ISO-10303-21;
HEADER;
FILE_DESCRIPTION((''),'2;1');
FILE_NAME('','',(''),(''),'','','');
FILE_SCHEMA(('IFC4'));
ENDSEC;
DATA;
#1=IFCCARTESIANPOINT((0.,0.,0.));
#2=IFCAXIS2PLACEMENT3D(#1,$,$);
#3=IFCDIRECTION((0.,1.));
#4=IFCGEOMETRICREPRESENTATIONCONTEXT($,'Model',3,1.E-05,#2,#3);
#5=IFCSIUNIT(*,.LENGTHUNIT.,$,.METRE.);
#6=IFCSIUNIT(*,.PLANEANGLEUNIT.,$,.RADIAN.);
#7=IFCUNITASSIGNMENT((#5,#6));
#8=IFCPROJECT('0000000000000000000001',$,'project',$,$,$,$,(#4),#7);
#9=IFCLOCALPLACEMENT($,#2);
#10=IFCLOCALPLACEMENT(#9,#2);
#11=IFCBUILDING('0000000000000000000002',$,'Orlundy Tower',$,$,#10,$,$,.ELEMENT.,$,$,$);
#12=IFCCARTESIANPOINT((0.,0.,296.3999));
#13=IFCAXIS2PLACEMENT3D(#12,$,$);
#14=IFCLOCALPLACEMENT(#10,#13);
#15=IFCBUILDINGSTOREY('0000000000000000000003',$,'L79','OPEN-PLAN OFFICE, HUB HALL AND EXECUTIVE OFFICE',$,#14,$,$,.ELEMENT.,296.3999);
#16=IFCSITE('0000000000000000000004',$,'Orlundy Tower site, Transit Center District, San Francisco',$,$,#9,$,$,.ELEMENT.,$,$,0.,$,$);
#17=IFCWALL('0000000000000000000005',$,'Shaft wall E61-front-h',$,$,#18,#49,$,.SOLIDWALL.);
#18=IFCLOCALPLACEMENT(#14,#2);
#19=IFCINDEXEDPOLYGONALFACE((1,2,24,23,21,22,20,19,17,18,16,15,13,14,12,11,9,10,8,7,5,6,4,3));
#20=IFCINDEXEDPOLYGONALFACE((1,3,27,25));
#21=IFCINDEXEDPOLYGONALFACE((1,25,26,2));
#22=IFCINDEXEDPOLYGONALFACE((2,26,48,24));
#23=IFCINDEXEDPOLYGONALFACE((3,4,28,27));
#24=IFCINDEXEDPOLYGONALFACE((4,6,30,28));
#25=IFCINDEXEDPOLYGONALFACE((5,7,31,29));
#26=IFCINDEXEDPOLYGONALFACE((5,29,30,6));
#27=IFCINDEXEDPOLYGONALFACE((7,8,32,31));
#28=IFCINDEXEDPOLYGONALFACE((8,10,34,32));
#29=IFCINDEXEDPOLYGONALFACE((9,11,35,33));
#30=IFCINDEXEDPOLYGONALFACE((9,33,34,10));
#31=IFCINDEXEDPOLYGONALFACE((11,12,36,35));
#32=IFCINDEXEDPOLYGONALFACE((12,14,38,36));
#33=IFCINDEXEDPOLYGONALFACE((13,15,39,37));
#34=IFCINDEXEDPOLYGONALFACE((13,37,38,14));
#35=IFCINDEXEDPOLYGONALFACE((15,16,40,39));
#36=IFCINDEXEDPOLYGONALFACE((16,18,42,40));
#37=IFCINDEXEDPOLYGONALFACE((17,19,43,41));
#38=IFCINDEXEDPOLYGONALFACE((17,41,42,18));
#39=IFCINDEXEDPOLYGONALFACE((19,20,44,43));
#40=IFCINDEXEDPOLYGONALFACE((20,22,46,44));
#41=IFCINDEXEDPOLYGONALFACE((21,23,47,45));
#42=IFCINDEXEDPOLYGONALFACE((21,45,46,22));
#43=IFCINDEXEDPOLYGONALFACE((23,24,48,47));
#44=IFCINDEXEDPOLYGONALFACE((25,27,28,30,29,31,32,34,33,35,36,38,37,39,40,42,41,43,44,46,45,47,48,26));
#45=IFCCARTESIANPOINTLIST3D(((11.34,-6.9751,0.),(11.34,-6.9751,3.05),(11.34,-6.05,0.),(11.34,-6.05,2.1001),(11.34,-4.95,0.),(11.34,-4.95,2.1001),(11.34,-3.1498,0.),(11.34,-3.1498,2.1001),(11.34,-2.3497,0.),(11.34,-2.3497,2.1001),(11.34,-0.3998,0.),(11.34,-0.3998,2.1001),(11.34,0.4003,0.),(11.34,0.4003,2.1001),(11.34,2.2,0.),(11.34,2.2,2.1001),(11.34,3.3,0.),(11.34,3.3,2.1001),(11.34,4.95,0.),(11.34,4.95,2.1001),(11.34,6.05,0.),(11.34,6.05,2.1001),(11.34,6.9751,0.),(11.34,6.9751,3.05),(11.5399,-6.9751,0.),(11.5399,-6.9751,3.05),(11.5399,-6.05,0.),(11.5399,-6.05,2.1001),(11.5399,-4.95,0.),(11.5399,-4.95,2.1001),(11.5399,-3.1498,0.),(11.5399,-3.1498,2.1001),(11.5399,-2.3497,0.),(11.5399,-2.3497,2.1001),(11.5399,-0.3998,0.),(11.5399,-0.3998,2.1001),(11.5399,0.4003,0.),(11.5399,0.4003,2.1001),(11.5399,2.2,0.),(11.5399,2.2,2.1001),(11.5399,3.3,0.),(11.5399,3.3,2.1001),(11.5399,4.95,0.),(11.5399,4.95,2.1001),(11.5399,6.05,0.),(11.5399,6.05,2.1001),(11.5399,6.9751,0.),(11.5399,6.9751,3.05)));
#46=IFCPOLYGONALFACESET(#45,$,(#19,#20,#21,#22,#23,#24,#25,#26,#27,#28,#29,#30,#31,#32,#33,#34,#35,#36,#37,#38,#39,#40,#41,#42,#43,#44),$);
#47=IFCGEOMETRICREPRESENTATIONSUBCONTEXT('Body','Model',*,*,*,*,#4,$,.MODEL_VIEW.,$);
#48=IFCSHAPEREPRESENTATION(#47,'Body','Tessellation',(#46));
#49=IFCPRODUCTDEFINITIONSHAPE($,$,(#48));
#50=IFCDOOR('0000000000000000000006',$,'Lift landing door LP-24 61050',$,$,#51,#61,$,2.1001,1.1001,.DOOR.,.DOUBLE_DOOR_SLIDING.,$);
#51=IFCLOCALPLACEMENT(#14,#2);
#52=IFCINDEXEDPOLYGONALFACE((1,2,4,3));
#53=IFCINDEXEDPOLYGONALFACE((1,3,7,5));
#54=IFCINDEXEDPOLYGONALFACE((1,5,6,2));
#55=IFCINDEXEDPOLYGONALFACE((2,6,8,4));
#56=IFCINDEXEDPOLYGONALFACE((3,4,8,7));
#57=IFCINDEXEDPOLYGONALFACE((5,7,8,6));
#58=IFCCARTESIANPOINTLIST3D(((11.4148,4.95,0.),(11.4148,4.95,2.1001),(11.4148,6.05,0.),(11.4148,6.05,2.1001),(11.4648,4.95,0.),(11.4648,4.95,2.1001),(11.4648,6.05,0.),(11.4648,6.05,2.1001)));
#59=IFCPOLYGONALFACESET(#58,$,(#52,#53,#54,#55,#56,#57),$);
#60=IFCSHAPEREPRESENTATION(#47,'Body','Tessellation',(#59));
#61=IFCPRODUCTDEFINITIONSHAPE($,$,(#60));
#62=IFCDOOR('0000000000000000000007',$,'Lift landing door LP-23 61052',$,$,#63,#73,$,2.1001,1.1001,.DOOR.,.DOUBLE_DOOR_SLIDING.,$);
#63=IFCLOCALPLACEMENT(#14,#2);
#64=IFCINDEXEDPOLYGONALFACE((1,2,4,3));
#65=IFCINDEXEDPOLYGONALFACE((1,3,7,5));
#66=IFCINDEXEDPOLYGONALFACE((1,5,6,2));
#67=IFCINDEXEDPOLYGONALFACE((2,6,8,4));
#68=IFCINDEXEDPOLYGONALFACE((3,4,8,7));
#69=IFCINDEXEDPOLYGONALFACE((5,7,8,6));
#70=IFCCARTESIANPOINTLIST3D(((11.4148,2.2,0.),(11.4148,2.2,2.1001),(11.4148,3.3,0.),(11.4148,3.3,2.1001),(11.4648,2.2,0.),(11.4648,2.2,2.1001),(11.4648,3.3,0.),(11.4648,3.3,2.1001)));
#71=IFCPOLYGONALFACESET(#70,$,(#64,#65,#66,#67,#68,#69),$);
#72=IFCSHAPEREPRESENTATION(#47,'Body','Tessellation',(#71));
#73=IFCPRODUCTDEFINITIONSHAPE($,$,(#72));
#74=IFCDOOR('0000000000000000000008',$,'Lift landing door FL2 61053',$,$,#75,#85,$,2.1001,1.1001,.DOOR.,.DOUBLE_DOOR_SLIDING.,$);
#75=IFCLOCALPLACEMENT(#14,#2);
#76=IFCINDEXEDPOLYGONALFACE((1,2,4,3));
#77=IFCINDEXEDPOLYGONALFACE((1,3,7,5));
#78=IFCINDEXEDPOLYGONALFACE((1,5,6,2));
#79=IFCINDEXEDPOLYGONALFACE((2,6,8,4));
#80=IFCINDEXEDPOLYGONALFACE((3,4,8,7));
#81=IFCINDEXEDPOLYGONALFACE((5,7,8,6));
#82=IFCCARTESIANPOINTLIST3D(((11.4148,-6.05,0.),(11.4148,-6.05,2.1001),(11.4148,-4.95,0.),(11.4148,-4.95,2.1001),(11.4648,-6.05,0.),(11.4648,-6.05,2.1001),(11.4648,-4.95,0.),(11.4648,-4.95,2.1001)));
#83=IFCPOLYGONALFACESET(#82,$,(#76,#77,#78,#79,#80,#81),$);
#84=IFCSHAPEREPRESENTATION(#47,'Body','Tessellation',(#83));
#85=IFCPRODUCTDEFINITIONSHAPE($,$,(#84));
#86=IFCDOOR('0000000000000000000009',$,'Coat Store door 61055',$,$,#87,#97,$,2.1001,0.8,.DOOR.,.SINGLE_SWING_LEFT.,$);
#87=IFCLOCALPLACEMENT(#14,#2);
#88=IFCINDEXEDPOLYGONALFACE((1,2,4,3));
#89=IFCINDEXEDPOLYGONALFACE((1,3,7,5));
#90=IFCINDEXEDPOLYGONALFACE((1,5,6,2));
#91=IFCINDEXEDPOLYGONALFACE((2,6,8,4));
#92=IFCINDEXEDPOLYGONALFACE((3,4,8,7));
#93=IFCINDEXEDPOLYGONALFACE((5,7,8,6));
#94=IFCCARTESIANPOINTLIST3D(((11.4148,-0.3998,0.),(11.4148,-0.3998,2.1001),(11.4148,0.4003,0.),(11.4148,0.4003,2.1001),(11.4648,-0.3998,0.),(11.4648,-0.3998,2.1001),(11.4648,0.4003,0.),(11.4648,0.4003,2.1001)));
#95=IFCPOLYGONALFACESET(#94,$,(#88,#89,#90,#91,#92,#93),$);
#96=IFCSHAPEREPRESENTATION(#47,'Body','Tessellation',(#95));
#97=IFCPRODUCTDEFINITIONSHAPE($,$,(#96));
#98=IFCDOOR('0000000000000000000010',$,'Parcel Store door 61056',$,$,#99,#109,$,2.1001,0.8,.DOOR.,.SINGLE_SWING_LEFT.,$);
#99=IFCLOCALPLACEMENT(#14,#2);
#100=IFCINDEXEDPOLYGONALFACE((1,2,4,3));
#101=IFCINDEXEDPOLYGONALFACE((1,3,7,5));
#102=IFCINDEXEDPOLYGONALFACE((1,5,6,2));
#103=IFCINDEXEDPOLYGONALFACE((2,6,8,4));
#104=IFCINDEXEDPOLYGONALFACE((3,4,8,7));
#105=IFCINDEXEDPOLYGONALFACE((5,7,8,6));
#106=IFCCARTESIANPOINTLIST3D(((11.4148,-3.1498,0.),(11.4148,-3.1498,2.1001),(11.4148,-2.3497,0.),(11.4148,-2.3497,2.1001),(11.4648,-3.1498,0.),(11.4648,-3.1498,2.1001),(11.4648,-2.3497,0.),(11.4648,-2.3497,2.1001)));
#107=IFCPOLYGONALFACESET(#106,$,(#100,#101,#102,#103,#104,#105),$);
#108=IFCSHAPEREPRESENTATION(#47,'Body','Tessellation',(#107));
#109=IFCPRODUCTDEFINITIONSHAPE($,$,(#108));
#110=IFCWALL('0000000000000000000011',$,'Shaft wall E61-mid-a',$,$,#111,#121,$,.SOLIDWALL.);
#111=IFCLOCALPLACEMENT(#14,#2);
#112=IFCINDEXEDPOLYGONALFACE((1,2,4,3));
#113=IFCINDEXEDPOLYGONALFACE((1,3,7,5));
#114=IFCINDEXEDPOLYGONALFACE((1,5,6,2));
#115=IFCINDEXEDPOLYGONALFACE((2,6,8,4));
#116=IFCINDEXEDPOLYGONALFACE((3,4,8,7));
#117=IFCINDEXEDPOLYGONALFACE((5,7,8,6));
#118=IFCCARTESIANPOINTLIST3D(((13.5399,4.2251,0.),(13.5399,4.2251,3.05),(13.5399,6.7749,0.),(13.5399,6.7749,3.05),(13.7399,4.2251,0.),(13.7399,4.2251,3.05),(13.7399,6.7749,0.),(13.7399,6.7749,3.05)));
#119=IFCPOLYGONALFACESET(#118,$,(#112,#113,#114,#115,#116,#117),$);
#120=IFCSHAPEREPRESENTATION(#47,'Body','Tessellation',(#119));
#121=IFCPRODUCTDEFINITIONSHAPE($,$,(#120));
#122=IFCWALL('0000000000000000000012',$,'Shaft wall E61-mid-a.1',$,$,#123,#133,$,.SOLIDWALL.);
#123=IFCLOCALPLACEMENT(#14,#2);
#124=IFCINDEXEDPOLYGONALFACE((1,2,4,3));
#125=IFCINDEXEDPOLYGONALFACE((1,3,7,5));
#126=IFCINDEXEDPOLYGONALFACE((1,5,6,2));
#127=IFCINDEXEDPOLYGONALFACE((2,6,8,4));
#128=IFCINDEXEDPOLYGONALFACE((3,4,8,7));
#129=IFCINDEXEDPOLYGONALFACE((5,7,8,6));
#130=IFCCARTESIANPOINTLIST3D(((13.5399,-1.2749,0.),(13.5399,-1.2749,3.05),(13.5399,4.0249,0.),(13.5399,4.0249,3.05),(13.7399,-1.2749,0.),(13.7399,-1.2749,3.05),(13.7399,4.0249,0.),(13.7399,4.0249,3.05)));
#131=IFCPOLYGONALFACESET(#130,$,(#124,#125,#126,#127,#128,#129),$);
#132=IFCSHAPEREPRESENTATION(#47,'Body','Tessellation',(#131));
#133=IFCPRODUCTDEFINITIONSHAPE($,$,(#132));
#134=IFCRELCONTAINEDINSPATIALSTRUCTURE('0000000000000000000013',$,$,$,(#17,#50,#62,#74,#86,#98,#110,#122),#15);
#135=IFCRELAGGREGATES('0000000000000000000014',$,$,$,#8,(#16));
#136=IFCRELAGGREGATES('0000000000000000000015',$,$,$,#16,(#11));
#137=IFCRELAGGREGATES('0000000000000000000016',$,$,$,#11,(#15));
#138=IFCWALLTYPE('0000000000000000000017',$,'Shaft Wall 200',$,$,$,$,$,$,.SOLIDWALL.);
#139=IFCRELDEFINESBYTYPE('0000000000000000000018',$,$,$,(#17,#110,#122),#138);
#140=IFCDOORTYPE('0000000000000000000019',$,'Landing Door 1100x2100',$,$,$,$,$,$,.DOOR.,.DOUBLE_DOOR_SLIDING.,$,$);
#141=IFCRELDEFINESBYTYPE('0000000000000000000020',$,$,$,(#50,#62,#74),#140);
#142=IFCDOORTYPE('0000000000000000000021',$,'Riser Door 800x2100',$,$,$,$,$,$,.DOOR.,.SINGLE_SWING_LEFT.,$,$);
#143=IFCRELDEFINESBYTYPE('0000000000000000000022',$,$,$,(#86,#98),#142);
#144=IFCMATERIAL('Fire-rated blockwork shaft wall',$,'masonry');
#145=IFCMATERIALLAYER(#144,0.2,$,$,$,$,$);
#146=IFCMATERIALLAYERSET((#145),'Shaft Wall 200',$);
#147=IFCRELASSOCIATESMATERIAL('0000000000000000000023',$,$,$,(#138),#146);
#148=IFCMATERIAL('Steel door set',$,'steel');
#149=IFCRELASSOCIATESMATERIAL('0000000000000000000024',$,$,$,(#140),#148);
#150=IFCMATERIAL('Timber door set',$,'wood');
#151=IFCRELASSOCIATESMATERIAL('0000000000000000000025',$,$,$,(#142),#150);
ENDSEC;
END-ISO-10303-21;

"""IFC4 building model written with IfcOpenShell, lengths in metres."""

from ifc_helpers import new_model, si_unit, direction, frame, frame_2d, origin, place, context, subcontext, project, spatial, rectangle, extrude, material, layer, layer_set, type_object, element, fill, save


model = new_model("IFC4")

# Units and contexts
model_context = context("Model", 3, precision=1e-05, world=origin(), true_north=direction((0.0, 1.0)))
body_context = subcontext(model_context, "Body", "Model", "MODEL_VIEW")
ifc_project = project(units=[si_unit("LENGTHUNIT", "METRE"), si_unit("PLANEANGLEUNIT", "RADIAN")], contexts=[model_context])

# Site, building, storey
site_placement = place(None, origin())
site = spatial("IfcSite", under=ifc_project, at=site_placement, Name="Orlundy Tower site, Transit Center District, San Francisco", CompositionType="ELEMENT", RefElevation=0.0)
building_placement = place(site_placement, origin())
building = spatial("IfcBuilding", under=site, at=building_placement, Name="Orlundy Tower", CompositionType="ELEMENT")
storey_placement = place(building_placement, frame((0.0, 0.0, 296.3999)))
storey = spatial("IfcBuildingStorey", under=building, at=storey_placement, Name="L79", Description="OPEN-PLAN OFFICE, HUB HALL AND EXECUTIVE OFFICE", CompositionType="ELEMENT", Elevation=296.3999)

# Shared definitions
ifc_material_1 = material(Name="Fire-rated blockwork shaft wall", Category="masonry")
ifc_layer_1 = layer(ifc_material_1, 0.2)
ifc_layer_set_1 = layer_set([ifc_layer_1], Name="Shaft Wall 200")
wall_type_1 = type_object("IfcWallType", Name="Shaft Wall 200", PredefinedType="SOLIDWALL", material=ifc_layer_set_1)

# Wall, openings, doors
wall_1_placement = place(storey_placement, frame((11.4399, 6.9751, 0.0), z_axis=(0.0, 0.0, 1.0), x_axis=(0.0, -1.0, 0.0)))
wall_1 = element("IfcWall", 1, at=wall_1_placement, inside=storey, type_object=wall_type_1, Name="Shaft wall E61-front-h", PredefinedType="SOLIDWALL", context=body_context, shape_type="SweptSolid", body=[
    extrude(rectangle(XDim=13.9502, YDim=0.2, at=frame_2d((6.9751, 0.0))), origin(), (0.0, 0.0, 1.0), 3.05),
])
opening_1_placement = place(wall_1_placement, frame((0.925, 0.0, 0.0)))
opening_1 = element("IfcOpeningElement", 2, at=opening_1_placement, cuts=wall_1, PredefinedType="OPENING", context=body_context, shape_type="SweptSolid", body=[
    extrude(rectangle(XDim=1.1001, YDim=2.1001, at=frame_2d((0.55, 1.05))), frame((0.0, 0.1101, 0.0), z_axis=(0.0, -1.0, 0.0), x_axis=(1.0, 0.0, 0.0)), (0.0, 0.0, 1.0), 0.2202),
])
opening_2_placement = place(wall_1_placement, frame((3.675, 0.0, 0.0)))
opening_2 = element("IfcOpeningElement", 3, at=opening_2_placement, cuts=wall_1, PredefinedType="OPENING", context=body_context, shape_type="SweptSolid", body=[
    extrude(rectangle(XDim=1.1001, YDim=2.1001, at=frame_2d((0.55, 1.05))), frame((0.0, 0.1101, 0.0), z_axis=(0.0, -1.0, 0.0), x_axis=(1.0, 0.0, 0.0)), (0.0, 0.0, 1.0), 0.2202),
])
opening_3_placement = place(wall_1_placement, frame((11.925, 0.0, 0.0)))
opening_3 = element("IfcOpeningElement", 4, at=opening_3_placement, cuts=wall_1, PredefinedType="OPENING", context=body_context, shape_type="SweptSolid", body=[
    extrude(rectangle(XDim=1.1001, YDim=2.1001, at=frame_2d((0.55, 1.05))), frame((0.0, 0.1101, 0.0), z_axis=(0.0, -1.0, 0.0), x_axis=(1.0, 0.0, 0.0)), (0.0, 0.0, 1.0), 0.2202),
])
opening_4_placement = place(wall_1_placement, frame((6.575, 0.0, 0.0)))
opening_4 = element("IfcOpeningElement", 5, at=opening_4_placement, cuts=wall_1, PredefinedType="OPENING", context=body_context, shape_type="SweptSolid", body=[
    extrude(rectangle(XDim=0.8, YDim=2.1001, at=frame_2d((0.3999, 1.05))), frame((0.0, 0.1101, 0.0), z_axis=(0.0, -1.0, 0.0), x_axis=(1.0, 0.0, 0.0)), (0.0, 0.0, 1.0), 0.2202),
])
opening_5_placement = place(wall_1_placement, frame((9.325, 0.0, 0.0)))
opening_5 = element("IfcOpeningElement", 6, at=opening_5_placement, cuts=wall_1, PredefinedType="OPENING", context=body_context, shape_type="SweptSolid", body=[
    extrude(rectangle(XDim=0.8, YDim=2.1001, at=frame_2d((0.3999, 1.05))), frame((0.0, 0.1101, 0.0), z_axis=(0.0, -1.0, 0.0), x_axis=(1.0, 0.0, 0.0)), (0.0, 0.0, 1.0), 0.2202),
])
ifc_material_2 = material(Name="Steel door set", Category="steel")
door_type_1 = type_object("IfcDoorType", Name="Landing Door 1100x2100", OperationType="DOUBLE_DOOR_SLIDING", PredefinedType="DOOR", material=ifc_material_2)
door_1_placement = place(opening_1_placement, origin())
door_1 = element("IfcDoor", 7, at=door_1_placement, inside=storey, type_object=door_type_1, Name="Lift landing door LP-24 61050", OperationType="DOUBLE_DOOR_SLIDING", OverallHeight=2.1001, OverallWidth=1.1001, PredefinedType="DOOR", context=body_context, shape_type="SweptSolid", body=[
    extrude(rectangle(XDim=1.1001, YDim=2.1001, at=frame_2d((0.55, 1.05))), frame((0.0, 0.0249, 0.0), z_axis=(0.0, -1.0, 0.0), x_axis=(1.0, 0.0, 0.0)), (0.0, 0.0, 1.0), 0.05),
])
fill(opening_1, door_1)
door_2_placement = place(opening_2_placement, origin())
door_2 = element("IfcDoor", 8, at=door_2_placement, inside=storey, type_object=door_type_1, Name="Lift landing door LP-23 61052", OperationType="DOUBLE_DOOR_SLIDING", OverallHeight=2.1001, OverallWidth=1.1001, PredefinedType="DOOR", context=body_context, shape_type="SweptSolid", body=[
    extrude(rectangle(XDim=1.1001, YDim=2.1001, at=frame_2d((0.55, 1.05))), frame((0.0, 0.0249, 0.0), z_axis=(0.0, -1.0, 0.0), x_axis=(1.0, 0.0, 0.0)), (0.0, 0.0, 1.0), 0.05),
])
fill(opening_2, door_2)
door_3_placement = place(opening_3_placement, origin())
door_3 = element("IfcDoor", 9, at=door_3_placement, inside=storey, type_object=door_type_1, Name="Lift landing door FL2 61053", OperationType="DOUBLE_DOOR_SLIDING", OverallHeight=2.1001, OverallWidth=1.1001, PredefinedType="DOOR", context=body_context, shape_type="SweptSolid", body=[
    extrude(rectangle(XDim=1.1001, YDim=2.1001, at=frame_2d((0.55, 1.05))), frame((0.0, 0.0249, 0.0), z_axis=(0.0, -1.0, 0.0), x_axis=(1.0, 0.0, 0.0)), (0.0, 0.0, 1.0), 0.05),
])
fill(opening_3, door_3)
ifc_material_3 = material(Name="Timber door set", Category="wood")
door_type_2 = type_object("IfcDoorType", Name="Riser Door 800x2100", OperationType="SINGLE_SWING_LEFT", PredefinedType="DOOR", material=ifc_material_3)
door_4_placement = place(opening_4_placement, origin())
door_4 = element("IfcDoor", 10, at=door_4_placement, inside=storey, type_object=door_type_2, Name="Coat Store door 61055", OperationType="SINGLE_SWING_LEFT", OverallHeight=2.1001, OverallWidth=0.8, PredefinedType="DOOR", context=body_context, shape_type="SweptSolid", body=[
    extrude(rectangle(XDim=0.8, YDim=2.1001, at=frame_2d((0.3999, 1.05))), frame((0.0, 0.0249, 0.0), z_axis=(0.0, -1.0, 0.0), x_axis=(1.0, 0.0, 0.0)), (0.0, 0.0, 1.0), 0.05),
])
fill(opening_4, door_4)
door_5_placement = place(opening_5_placement, origin())
door_5 = element("IfcDoor", 11, at=door_5_placement, inside=storey, type_object=door_type_2, Name="Parcel Store door 61056", OperationType="SINGLE_SWING_LEFT", OverallHeight=2.1001, OverallWidth=0.8, PredefinedType="DOOR", context=body_context, shape_type="SweptSolid", body=[
    extrude(rectangle(XDim=0.8, YDim=2.1001, at=frame_2d((0.3999, 1.05))), frame((0.0, 0.0249, 0.0), z_axis=(0.0, -1.0, 0.0), x_axis=(1.0, 0.0, 0.0)), (0.0, 0.0, 1.0), 0.05),
])
fill(opening_5, door_5)

# Walls
wall_2_placement = place(storey_placement, frame((13.6399, 6.7749, 0.0), z_axis=(0.0, 0.0, 1.0), x_axis=(0.0, -1.0, 0.0)))
element("IfcWall", 12, at=wall_2_placement, inside=storey, type_object=wall_type_1, Name="Shaft wall E61-mid-a", PredefinedType="SOLIDWALL", context=body_context, shape_type="SweptSolid", body=[
    extrude(rectangle(XDim=2.5498, YDim=0.2, at=frame_2d((1.2749, 0.0))), origin(), (0.0, 0.0, 1.0), 3.05),
])
wall_3_placement = place(storey_placement, frame((13.6399, 4.0249, 0.0), z_axis=(0.0, 0.0, 1.0), x_axis=(0.0, -1.0, 0.0)))
element("IfcWall", 13, at=wall_3_placement, inside=storey, type_object=wall_type_1, Name="Shaft wall E61-mid-a.1", PredefinedType="SOLIDWALL", context=body_context, shape_type="SweptSolid", body=[
    extrude(rectangle(XDim=5.2998, YDim=0.2, at=frame_2d((2.6499, 0.0))), origin(), (0.0, 0.0, 1.0), 3.05),
])

save(model, "model.ifc")
